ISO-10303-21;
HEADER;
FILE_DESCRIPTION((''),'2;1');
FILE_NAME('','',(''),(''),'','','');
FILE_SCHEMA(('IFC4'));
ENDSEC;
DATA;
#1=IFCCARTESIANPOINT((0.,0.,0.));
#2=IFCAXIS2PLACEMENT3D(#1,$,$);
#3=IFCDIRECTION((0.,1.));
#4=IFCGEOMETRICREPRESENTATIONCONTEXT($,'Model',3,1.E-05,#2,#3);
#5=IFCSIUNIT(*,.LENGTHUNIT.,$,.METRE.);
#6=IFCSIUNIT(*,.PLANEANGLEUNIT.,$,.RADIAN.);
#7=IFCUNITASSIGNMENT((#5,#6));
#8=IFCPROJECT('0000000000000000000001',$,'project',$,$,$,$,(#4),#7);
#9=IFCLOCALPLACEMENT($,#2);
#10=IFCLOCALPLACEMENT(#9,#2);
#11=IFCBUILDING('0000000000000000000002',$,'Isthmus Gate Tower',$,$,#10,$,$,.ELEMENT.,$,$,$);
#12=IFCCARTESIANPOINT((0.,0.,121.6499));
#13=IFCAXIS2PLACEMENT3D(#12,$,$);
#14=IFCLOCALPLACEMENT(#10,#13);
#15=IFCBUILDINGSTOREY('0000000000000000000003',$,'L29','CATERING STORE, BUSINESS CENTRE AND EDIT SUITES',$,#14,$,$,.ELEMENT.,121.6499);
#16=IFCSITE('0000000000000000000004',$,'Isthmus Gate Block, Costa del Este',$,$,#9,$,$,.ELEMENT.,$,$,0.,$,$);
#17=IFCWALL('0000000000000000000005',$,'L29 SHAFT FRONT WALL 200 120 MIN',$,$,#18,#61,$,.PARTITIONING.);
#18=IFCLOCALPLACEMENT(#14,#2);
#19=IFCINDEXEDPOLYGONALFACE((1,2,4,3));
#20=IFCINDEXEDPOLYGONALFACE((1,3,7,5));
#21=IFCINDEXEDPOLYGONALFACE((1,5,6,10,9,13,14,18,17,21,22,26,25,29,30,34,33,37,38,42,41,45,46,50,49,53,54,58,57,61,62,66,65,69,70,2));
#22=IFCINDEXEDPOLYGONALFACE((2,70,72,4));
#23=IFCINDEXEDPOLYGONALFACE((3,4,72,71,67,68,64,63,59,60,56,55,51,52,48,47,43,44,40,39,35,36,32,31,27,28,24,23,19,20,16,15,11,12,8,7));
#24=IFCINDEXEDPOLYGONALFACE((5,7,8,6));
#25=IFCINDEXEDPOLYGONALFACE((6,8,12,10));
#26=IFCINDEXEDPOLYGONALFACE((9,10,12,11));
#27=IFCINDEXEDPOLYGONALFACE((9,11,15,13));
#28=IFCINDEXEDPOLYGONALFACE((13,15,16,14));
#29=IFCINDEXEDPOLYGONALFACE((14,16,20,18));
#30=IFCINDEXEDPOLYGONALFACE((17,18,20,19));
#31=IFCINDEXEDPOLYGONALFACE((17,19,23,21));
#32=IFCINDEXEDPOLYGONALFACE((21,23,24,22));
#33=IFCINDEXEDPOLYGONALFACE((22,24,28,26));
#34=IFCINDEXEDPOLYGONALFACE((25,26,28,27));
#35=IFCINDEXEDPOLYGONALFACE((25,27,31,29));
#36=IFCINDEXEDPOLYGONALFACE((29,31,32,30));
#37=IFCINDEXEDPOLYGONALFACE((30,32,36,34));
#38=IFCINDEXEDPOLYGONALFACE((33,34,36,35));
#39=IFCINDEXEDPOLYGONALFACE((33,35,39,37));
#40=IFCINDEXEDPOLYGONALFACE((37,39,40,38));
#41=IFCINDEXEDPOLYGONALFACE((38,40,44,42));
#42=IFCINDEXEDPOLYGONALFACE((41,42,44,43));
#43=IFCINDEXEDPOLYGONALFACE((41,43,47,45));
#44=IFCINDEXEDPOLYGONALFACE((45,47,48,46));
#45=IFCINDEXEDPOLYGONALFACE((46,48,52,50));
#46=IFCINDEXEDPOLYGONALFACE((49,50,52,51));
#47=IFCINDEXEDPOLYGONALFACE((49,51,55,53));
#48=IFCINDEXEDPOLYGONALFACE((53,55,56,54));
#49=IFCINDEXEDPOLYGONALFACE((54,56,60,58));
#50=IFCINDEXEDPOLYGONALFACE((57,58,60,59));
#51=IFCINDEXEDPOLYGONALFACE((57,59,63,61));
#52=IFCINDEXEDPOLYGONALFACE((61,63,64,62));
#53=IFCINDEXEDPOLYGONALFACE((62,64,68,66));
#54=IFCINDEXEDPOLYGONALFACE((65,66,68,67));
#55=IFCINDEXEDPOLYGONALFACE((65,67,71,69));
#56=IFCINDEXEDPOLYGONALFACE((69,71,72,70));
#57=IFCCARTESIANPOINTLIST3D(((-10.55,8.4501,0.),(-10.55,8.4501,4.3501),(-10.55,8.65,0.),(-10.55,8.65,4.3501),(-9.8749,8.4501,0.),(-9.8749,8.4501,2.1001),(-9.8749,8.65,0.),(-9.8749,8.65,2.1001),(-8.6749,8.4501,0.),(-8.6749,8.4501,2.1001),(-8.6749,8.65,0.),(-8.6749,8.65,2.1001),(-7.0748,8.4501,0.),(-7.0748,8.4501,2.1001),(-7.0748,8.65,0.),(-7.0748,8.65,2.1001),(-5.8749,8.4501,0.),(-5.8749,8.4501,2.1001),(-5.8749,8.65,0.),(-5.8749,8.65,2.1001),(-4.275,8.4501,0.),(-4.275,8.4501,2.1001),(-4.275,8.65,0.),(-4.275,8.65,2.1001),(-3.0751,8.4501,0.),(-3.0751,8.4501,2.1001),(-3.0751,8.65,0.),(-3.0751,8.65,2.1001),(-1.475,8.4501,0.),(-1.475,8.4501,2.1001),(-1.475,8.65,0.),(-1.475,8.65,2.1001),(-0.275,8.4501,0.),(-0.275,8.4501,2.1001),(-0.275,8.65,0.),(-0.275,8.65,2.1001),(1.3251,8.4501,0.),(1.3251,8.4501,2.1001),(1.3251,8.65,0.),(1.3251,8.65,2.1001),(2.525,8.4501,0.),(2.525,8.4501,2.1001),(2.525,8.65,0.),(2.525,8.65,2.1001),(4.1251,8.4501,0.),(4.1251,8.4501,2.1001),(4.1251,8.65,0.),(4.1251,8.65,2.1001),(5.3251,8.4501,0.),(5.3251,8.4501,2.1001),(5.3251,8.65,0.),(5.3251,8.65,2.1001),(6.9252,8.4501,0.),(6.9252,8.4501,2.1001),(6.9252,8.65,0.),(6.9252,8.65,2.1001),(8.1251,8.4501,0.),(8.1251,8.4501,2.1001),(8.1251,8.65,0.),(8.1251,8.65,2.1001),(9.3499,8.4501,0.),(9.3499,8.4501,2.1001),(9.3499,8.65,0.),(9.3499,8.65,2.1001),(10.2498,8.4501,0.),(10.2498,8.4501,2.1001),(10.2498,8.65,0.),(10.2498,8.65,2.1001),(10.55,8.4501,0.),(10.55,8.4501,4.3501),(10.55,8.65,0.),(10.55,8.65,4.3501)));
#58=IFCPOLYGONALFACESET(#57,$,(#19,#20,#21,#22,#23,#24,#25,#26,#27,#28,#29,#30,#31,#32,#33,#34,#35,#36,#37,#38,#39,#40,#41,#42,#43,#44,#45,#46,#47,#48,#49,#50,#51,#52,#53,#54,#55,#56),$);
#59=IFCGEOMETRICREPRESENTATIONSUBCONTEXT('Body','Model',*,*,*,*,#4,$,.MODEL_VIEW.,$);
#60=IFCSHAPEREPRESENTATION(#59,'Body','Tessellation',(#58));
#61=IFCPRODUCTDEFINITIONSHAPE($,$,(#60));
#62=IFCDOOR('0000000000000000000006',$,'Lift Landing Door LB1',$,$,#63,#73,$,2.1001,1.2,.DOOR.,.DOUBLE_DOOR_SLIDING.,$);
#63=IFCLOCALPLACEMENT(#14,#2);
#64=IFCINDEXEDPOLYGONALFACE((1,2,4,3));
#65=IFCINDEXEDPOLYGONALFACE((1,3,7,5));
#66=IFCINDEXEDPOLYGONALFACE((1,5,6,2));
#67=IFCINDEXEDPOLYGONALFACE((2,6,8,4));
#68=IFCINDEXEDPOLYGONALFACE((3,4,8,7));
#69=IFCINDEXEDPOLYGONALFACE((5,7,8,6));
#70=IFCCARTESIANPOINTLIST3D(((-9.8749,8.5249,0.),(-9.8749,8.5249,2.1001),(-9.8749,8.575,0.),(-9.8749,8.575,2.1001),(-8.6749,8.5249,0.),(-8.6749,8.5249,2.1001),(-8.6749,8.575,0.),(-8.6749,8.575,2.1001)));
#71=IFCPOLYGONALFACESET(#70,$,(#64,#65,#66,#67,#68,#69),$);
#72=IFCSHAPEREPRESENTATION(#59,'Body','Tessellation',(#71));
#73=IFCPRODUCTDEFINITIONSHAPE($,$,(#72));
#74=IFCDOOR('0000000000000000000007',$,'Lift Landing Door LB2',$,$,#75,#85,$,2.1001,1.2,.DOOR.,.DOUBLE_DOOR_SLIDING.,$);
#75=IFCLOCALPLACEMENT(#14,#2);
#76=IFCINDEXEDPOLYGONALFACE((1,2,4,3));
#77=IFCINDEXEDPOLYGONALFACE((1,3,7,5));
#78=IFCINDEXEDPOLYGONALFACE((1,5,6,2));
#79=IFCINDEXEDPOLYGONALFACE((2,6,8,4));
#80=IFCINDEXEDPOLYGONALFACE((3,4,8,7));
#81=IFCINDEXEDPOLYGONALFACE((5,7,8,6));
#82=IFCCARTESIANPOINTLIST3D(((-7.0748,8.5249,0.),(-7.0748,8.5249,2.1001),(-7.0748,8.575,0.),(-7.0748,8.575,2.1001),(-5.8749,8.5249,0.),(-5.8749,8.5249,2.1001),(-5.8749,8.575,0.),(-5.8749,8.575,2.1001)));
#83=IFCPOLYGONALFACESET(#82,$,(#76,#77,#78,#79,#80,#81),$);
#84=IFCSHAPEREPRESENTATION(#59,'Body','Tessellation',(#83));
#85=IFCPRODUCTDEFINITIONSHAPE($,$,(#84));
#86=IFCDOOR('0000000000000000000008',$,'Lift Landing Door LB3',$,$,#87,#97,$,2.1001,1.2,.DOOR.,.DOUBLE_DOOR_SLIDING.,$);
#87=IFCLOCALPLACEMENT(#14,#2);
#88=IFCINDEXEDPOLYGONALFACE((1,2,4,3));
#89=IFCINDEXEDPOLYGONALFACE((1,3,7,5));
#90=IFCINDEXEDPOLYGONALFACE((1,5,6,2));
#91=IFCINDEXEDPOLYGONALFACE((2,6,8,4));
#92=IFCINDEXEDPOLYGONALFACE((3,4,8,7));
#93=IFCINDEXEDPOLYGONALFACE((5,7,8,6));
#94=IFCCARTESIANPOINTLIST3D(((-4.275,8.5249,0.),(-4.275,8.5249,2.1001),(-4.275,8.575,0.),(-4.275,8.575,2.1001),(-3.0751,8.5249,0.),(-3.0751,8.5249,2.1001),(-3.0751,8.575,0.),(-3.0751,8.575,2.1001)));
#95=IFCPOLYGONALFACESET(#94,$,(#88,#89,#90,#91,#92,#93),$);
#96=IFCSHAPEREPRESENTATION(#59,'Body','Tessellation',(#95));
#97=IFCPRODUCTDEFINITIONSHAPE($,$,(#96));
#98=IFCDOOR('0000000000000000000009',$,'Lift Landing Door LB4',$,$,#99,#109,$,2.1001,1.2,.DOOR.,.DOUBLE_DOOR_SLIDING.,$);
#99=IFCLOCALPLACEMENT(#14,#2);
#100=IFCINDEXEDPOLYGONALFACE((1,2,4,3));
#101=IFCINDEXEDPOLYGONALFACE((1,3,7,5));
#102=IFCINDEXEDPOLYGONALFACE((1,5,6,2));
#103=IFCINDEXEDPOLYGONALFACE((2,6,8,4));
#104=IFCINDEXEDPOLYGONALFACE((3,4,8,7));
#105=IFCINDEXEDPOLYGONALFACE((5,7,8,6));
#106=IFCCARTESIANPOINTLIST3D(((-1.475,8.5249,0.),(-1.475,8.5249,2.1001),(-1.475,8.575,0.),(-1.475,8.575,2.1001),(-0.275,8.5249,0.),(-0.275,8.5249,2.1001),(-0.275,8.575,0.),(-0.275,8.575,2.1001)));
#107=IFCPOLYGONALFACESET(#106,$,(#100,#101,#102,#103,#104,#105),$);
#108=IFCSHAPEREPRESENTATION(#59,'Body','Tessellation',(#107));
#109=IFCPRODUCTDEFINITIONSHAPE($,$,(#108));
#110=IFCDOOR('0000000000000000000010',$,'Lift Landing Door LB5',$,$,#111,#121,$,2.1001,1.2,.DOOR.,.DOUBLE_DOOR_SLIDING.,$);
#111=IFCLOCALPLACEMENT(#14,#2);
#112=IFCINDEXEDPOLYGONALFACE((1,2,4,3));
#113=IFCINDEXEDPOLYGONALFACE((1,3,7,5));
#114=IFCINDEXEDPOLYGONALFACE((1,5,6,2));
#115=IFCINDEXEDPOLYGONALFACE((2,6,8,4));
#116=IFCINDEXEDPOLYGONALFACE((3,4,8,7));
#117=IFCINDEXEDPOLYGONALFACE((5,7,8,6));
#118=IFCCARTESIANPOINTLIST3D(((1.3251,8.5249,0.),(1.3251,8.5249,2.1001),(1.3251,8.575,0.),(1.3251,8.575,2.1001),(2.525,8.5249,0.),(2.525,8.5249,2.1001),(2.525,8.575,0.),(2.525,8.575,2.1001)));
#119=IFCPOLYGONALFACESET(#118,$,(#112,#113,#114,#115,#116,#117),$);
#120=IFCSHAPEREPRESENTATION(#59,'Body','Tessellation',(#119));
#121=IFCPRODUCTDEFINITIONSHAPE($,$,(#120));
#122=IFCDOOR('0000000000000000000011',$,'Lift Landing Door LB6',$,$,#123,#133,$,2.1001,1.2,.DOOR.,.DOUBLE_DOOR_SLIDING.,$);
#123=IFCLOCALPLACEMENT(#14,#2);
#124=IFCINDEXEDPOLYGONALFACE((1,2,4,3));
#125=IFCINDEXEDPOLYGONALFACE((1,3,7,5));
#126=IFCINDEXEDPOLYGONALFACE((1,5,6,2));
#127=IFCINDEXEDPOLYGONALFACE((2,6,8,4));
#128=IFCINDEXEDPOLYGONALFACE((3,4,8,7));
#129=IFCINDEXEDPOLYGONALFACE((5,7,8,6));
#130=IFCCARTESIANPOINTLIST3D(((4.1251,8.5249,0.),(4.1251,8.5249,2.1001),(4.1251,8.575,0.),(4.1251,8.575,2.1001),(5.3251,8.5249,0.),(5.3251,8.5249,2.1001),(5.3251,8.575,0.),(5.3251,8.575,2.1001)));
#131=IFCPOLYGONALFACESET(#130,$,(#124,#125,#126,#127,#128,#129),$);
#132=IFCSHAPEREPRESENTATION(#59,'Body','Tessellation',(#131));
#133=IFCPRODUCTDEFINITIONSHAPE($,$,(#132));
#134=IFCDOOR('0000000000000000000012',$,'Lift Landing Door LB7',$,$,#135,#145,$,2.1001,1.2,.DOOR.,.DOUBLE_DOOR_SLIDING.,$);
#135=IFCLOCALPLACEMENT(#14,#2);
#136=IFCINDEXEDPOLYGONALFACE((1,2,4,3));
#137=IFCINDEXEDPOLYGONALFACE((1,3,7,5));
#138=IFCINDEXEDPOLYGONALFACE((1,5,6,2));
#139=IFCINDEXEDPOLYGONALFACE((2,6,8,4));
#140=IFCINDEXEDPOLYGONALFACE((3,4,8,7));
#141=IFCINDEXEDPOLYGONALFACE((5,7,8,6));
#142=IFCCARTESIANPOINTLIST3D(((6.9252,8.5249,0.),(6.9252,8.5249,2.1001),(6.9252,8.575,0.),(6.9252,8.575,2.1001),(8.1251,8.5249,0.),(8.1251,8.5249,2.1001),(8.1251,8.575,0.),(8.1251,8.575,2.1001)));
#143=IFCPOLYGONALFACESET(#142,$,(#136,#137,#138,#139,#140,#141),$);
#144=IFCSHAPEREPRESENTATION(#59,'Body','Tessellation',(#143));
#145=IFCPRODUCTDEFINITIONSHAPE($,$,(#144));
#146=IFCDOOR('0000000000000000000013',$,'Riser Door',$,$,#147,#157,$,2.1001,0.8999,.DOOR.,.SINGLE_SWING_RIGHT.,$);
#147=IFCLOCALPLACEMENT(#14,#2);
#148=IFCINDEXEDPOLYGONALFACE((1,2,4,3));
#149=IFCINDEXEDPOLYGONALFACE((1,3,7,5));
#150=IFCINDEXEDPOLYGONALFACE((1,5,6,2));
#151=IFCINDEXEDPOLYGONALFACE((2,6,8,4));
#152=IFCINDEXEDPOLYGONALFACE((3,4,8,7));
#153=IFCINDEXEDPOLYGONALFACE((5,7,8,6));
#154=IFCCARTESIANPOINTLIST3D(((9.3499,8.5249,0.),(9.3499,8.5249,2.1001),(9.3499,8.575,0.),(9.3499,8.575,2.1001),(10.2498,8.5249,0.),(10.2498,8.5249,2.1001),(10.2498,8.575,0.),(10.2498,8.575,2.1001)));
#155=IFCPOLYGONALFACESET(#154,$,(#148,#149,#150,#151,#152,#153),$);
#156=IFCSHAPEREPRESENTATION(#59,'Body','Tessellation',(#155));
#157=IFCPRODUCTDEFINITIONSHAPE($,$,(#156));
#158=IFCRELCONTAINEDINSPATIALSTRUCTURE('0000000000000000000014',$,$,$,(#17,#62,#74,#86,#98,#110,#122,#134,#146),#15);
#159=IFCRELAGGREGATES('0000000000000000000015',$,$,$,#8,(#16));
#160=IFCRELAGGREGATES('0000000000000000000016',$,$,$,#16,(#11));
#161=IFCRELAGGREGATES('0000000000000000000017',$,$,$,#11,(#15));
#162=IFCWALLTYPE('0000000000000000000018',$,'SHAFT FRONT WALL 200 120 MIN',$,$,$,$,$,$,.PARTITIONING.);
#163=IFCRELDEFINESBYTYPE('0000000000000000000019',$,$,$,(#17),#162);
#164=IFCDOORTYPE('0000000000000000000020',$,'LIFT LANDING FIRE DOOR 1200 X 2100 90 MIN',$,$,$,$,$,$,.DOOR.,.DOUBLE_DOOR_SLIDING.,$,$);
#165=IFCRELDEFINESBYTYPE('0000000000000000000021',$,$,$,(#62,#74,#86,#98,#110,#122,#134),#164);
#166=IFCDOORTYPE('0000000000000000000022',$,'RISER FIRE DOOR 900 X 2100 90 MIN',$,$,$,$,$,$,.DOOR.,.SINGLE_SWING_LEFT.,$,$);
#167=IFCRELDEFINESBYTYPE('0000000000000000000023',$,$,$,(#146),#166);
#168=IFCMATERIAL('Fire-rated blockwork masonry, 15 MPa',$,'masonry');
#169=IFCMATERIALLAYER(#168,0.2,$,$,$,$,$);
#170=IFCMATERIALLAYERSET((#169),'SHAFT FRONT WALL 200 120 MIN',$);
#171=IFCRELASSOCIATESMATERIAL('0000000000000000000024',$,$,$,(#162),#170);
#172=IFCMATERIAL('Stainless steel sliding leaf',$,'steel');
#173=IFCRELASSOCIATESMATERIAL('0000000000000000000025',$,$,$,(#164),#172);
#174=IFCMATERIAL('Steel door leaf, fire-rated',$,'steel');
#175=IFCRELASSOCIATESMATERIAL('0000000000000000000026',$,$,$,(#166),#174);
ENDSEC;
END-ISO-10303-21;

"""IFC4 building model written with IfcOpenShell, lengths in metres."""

from ifc_helpers import new_model, si_unit, direction, frame, frame_2d, origin, place, context, subcontext, project, spatial, rectangle, extrude, material, layer, layer_set, type_object, element, fill, save


model = new_model("IFC4")

# Units and contexts
model_context = context("Model", 3, precision=1e-05, world=origin(), true_north=direction((0.0, 1.0)))
body_context = subcontext(model_context, "Body", "Model", "MODEL_VIEW")
ifc_project = project(units=[si_unit("LENGTHUNIT", "METRE"), si_unit("PLANEANGLEUNIT", "RADIAN")], contexts=[model_context])

# Site, building, storey
site_placement = place(None, origin())
site = spatial("IfcSite", under=ifc_project, at=site_placement, Name="Isthmus Gate Block, Costa del Este", CompositionType="ELEMENT", RefElevation=0.0)
building_placement = place(site_placement, origin())
building = spatial("IfcBuilding", under=site, at=building_placement, Name="Isthmus Gate Tower", CompositionType="ELEMENT")
storey_placement = place(building_placement, frame((0.0, 0.0, 121.6499)))
storey = spatial("IfcBuildingStorey", under=building, at=storey_placement, Name="L29", Description="CATERING STORE, BUSINESS CENTRE AND EDIT SUITES", CompositionType="ELEMENT", Elevation=121.6499)

# Wall, openings, doors
ifc_material_1 = material(Name="Fire-rated blockwork masonry, 15 MPa", Category="masonry")
ifc_layer_1 = layer(ifc_material_1, 0.2)
ifc_layer_set_1 = layer_set([ifc_layer_1], Name="SHAFT FRONT WALL 200 120 MIN")
wall_type_1 = type_object("IfcWallType", Name="SHAFT FRONT WALL 200 120 MIN", PredefinedType="PARTITIONING", material=ifc_layer_set_1)
wall_1_placement = place(storey_placement, frame((-10.55, 8.55, 0.0), z_axis=(0.0, 0.0, 1.0), x_axis=(1.0, 0.0, 0.0)))
wall_1 = element("IfcWall", 1, at=wall_1_placement, inside=storey, type_object=wall_type_1, Name="L29 SHAFT FRONT WALL 200 120 MIN", PredefinedType="PARTITIONING", context=body_context, shape_type="SweptSolid", body=[
    extrude(rectangle(XDim=21.1001, YDim=0.2, at=frame_2d((10.55, 0.0))), origin(), (0.0, 0.0, 1.0), 4.3501),
])
opening_1_placement = place(wall_1_placement, frame((0.675, 0.0, 0.0)))
opening_1 = element("IfcOpeningElement", 2, at=opening_1_placement, cuts=wall_1, PredefinedType="OPENING", context=body_context, shape_type="SweptSolid", body=[
    extrude(rectangle(XDim=1.2, YDim=2.1001, at=frame_2d((0.6001, 1.05))), frame((0.0, 0.1099, 0.0), z_axis=(0.0, -1.0, 0.0), x_axis=(1.0, 0.0, 0.0)), (0.0, 0.0, 1.0), 0.22),
])
opening_2_placement = place(wall_1_placement, frame((3.4751, 0.0, 0.0)))
opening_2 = element("IfcOpeningElement", 3, at=opening_2_placement, cuts=wall_1, PredefinedType="OPENING", context=body_context, shape_type="SweptSolid", body=[
    extrude(rectangle(XDim=1.2, YDim=2.1001, at=frame_2d((0.6001, 1.05))), frame((0.0, 0.1099, 0.0), z_axis=(0.0, -1.0, 0.0), x_axis=(1.0, 0.0, 0.0)), (0.0, 0.0, 1.0), 0.22),
])
opening_3_placement = place(wall_1_placement, frame((6.2749, 0.0, 0.0)))
opening_3 = element("IfcOpeningElement", 4, at=opening_3_placement, cuts=wall_1, PredefinedType="OPENING", context=body_context, shape_type="SweptSolid", body=[
    extrude(rectangle(XDim=1.2, YDim=2.1001, at=frame_2d((0.6001, 1.05))), frame((0.0, 0.1099, 0.0), z_axis=(0.0, -1.0, 0.0), x_axis=(1.0, 0.0, 0.0)), (0.0, 0.0, 1.0), 0.22),
])
opening_4_placement = place(wall_1_placement, frame((9.075, 0.0, 0.0)))
opening_4 = element("IfcOpeningElement", 5, at=opening_4_placement, cuts=wall_1, PredefinedType="OPENING", context=body_context, shape_type="SweptSolid", body=[
    extrude(rectangle(XDim=1.2, YDim=2.1001, at=frame_2d((0.6001, 1.05))), frame((0.0, 0.1099, 0.0), z_axis=(0.0, -1.0, 0.0), x_axis=(1.0, 0.0, 0.0)), (0.0, 0.0, 1.0), 0.22),
])
opening_5_placement = place(wall_1_placement, frame((11.875, 0.0, 0.0)))
opening_5 = element("IfcOpeningElement", 6, at=opening_5_placement, cuts=wall_1, PredefinedType="OPENING", context=body_context, shape_type="SweptSolid", body=[
    extrude(rectangle(XDim=1.2, YDim=2.1001, at=frame_2d((0.6001, 1.05))), frame((0.0, 0.1099, 0.0), z_axis=(0.0, -1.0, 0.0), x_axis=(1.0, 0.0, 0.0)), (0.0, 0.0, 1.0), 0.22),
])
opening_6_placement = place(wall_1_placement, frame((14.675, 0.0, 0.0)))
opening_6 = element("IfcOpeningElement", 7, at=opening_6_placement, cuts=wall_1, PredefinedType="OPENING", context=body_context, shape_type="SweptSolid", body=[
    extrude(rectangle(XDim=1.2, YDim=2.1001, at=frame_2d((0.6001, 1.05))), frame((0.0, 0.1099, 0.0), z_axis=(0.0, -1.0, 0.0), x_axis=(1.0, 0.0, 0.0)), (0.0, 0.0, 1.0), 0.22),
])
opening_7_placement = place(wall_1_placement, frame((17.4751, 0.0, 0.0)))
opening_7 = element("IfcOpeningElement", 8, at=opening_7_placement, cuts=wall_1, PredefinedType="OPENING", context=body_context, shape_type="SweptSolid", body=[
    extrude(rectangle(XDim=1.2, YDim=2.1001, at=frame_2d((0.6001, 1.05))), frame((0.0, 0.1099, 0.0), z_axis=(0.0, -1.0, 0.0), x_axis=(1.0, 0.0, 0.0)), (0.0, 0.0, 1.0), 0.22),
])
opening_8_placement = place(wall_1_placement, frame((19.8999, 0.0, 0.0)))
opening_8 = element("IfcOpeningElement", 9, at=opening_8_placement, cuts=wall_1, PredefinedType="OPENING", context=body_context, shape_type="SweptSolid", body=[
    extrude(rectangle(XDim=0.8999, YDim=2.1001, at=frame_2d((0.45, 1.05))), frame((0.0, 0.1099, 0.0), z_axis=(0.0, -1.0, 0.0), x_axis=(1.0, 0.0, 0.0)), (0.0, 0.0, 1.0), 0.22),
])
ifc_material_2 = material(Name="Stainless steel sliding leaf", Category="steel")
door_type_1 = type_object("IfcDoorType", Name="LIFT LANDING FIRE DOOR 1200 X 2100 90 MIN", OperationType="DOUBLE_DOOR_SLIDING", PredefinedType="DOOR", material=ifc_material_2)
door_1_placement = place(opening_1_placement, origin())
door_1 = element("IfcDoor", 10, at=door_1_placement, inside=storey, type_object=door_type_1, Name="Lift Landing Door LB1", OperationType="DOUBLE_DOOR_SLIDING", OverallHeight=2.1001, OverallWidth=1.2, PredefinedType="DOOR", context=body_context, shape_type="SweptSolid", body=[
    extrude(rectangle(XDim=1.2, YDim=2.1001, at=frame_2d((0.6001, 1.05))), frame((0.0, 0.0249, 0.0), z_axis=(0.0, -1.0, 0.0), x_axis=(1.0, 0.0, 0.0)), (0.0, 0.0, 1.0), 0.05),
])
fill(opening_1, door_1)
door_2_placement = place(opening_2_placement, origin())
door_2 = element("IfcDoor", 11, at=door_2_placement, inside=storey, type_object=door_type_1, Name="Lift Landing Door LB2", OperationType="DOUBLE_DOOR_SLIDING", OverallHeight=2.1001, OverallWidth=1.2, PredefinedType="DOOR", context=body_context, shape_type="SweptSolid", body=[
    extrude(rectangle(XDim=1.2, YDim=2.1001, at=frame_2d((0.6001, 1.05))), frame((0.0, 0.0249, 0.0), z_axis=(0.0, -1.0, 0.0), x_axis=(1.0, 0.0, 0.0)), (0.0, 0.0, 1.0), 0.05),
])
fill(opening_2, door_2)
door_3_placement = place(opening_3_placement, origin())
door_3 = element("IfcDoor", 12, at=door_3_placement, inside=storey, type_object=door_type_1, Name="Lift Landing Door LB3", OperationType="DOUBLE_DOOR_SLIDING", OverallHeight=2.1001, OverallWidth=1.2, PredefinedType="DOOR", context=body_context, shape_type="SweptSolid", body=[
    extrude(rectangle(XDim=1.2, YDim=2.1001, at=frame_2d((0.6001, 1.05))), frame((0.0, 0.0249, 0.0), z_axis=(0.0, -1.0, 0.0), x_axis=(1.0, 0.0, 0.0)), (0.0, 0.0, 1.0), 0.05),
])
fill(opening_3, door_3)
door_4_placement = place(opening_4_placement, origin())
door_4 = element("IfcDoor", 13, at=door_4_placement, inside=storey, type_object=door_type_1, Name="Lift Landing Door LB4", OperationType="DOUBLE_DOOR_SLIDING", OverallHeight=2.1001, OverallWidth=1.2, PredefinedType="DOOR", context=body_context, shape_type="SweptSolid", body=[
    extrude(rectangle(XDim=1.2, YDim=2.1001, at=frame_2d((0.6001, 1.05))), frame((0.0, 0.0249, 0.0), z_axis=(0.0, -1.0, 0.0), x_axis=(1.0, 0.0, 0.0)), (0.0, 0.0, 1.0), 0.05),
])
fill(opening_4, door_4)
door_5_placement = place(opening_5_placement, origin())
door_5 = element("IfcDoor", 14, at=door_5_placement, inside=storey, type_object=door_type_1, Name="Lift Landing Door LB5", OperationType="DOUBLE_DOOR_SLIDING", OverallHeight=2.1001, OverallWidth=1.2, PredefinedType="DOOR", context=body_context, shape_type="SweptSolid", body=[
    extrude(rectangle(XDim=1.2, YDim=2.1001, at=frame_2d((0.6001, 1.05))), frame((0.0, 0.0249, 0.0), z_axis=(0.0, -1.0, 0.0), x_axis=(1.0, 0.0, 0.0)), (0.0, 0.0, 1.0), 0.05),
])
fill(opening_5, door_5)
door_6_placement = place(opening_6_placement, origin())
door_6 = element("IfcDoor", 15, at=door_6_placement, inside=storey, type_object=door_type_1, Name="Lift Landing Door LB6", OperationType="DOUBLE_DOOR_SLIDING", OverallHeight=2.1001, OverallWidth=1.2, PredefinedType="DOOR", context=body_context, shape_type="SweptSolid", body=[
    extrude(rectangle(XDim=1.2, YDim=2.1001, at=frame_2d((0.6001, 1.05))), frame((0.0, 0.0249, 0.0), z_axis=(0.0, -1.0, 0.0), x_axis=(1.0, 0.0, 0.0)), (0.0, 0.0, 1.0), 0.05),
])
fill(opening_6, door_6)
door_7_placement = place(opening_7_placement, origin())
door_7 = element("IfcDoor", 16, at=door_7_placement, inside=storey, type_object=door_type_1, Name="Lift Landing Door LB7", OperationType="DOUBLE_DOOR_SLIDING", OverallHeight=2.1001, OverallWidth=1.2, PredefinedType="DOOR", context=body_context, shape_type="SweptSolid", body=[
    extrude(rectangle(XDim=1.2, YDim=2.1001, at=frame_2d((0.6001, 1.05))), frame((0.0, 0.0249, 0.0), z_axis=(0.0, -1.0, 0.0), x_axis=(1.0, 0.0, 0.0)), (0.0, 0.0, 1.0), 0.05),
])
fill(opening_7, door_7)
ifc_material_3 = material(Name="Steel door leaf, fire-rated", Category="steel")
door_type_2 = type_object("IfcDoorType", Name="RISER FIRE DOOR 900 X 2100 90 MIN", OperationType="SINGLE_SWING_LEFT", PredefinedType="DOOR", material=ifc_material_3)
door_8_placement = place(opening_8_placement, origin())
door_8 = element("IfcDoor", 17, at=door_8_placement, inside=storey, type_object=door_type_2, Name="Riser Door", OperationType="SINGLE_SWING_RIGHT", OverallHeight=2.1001, OverallWidth=0.8999, PredefinedType="DOOR", context=body_context, shape_type="SweptSolid", body=[
    extrude(rectangle(XDim=0.8999, YDim=2.1001, at=frame_2d((0.45, 1.05))), frame((0.0, 0.0249, 0.0), z_axis=(0.0, -1.0, 0.0), x_axis=(1.0, 0.0, 0.0)), (0.0, 0.0, 1.0), 0.05),
])
fill(opening_8, door_8)

save(model, "model.ifc")
